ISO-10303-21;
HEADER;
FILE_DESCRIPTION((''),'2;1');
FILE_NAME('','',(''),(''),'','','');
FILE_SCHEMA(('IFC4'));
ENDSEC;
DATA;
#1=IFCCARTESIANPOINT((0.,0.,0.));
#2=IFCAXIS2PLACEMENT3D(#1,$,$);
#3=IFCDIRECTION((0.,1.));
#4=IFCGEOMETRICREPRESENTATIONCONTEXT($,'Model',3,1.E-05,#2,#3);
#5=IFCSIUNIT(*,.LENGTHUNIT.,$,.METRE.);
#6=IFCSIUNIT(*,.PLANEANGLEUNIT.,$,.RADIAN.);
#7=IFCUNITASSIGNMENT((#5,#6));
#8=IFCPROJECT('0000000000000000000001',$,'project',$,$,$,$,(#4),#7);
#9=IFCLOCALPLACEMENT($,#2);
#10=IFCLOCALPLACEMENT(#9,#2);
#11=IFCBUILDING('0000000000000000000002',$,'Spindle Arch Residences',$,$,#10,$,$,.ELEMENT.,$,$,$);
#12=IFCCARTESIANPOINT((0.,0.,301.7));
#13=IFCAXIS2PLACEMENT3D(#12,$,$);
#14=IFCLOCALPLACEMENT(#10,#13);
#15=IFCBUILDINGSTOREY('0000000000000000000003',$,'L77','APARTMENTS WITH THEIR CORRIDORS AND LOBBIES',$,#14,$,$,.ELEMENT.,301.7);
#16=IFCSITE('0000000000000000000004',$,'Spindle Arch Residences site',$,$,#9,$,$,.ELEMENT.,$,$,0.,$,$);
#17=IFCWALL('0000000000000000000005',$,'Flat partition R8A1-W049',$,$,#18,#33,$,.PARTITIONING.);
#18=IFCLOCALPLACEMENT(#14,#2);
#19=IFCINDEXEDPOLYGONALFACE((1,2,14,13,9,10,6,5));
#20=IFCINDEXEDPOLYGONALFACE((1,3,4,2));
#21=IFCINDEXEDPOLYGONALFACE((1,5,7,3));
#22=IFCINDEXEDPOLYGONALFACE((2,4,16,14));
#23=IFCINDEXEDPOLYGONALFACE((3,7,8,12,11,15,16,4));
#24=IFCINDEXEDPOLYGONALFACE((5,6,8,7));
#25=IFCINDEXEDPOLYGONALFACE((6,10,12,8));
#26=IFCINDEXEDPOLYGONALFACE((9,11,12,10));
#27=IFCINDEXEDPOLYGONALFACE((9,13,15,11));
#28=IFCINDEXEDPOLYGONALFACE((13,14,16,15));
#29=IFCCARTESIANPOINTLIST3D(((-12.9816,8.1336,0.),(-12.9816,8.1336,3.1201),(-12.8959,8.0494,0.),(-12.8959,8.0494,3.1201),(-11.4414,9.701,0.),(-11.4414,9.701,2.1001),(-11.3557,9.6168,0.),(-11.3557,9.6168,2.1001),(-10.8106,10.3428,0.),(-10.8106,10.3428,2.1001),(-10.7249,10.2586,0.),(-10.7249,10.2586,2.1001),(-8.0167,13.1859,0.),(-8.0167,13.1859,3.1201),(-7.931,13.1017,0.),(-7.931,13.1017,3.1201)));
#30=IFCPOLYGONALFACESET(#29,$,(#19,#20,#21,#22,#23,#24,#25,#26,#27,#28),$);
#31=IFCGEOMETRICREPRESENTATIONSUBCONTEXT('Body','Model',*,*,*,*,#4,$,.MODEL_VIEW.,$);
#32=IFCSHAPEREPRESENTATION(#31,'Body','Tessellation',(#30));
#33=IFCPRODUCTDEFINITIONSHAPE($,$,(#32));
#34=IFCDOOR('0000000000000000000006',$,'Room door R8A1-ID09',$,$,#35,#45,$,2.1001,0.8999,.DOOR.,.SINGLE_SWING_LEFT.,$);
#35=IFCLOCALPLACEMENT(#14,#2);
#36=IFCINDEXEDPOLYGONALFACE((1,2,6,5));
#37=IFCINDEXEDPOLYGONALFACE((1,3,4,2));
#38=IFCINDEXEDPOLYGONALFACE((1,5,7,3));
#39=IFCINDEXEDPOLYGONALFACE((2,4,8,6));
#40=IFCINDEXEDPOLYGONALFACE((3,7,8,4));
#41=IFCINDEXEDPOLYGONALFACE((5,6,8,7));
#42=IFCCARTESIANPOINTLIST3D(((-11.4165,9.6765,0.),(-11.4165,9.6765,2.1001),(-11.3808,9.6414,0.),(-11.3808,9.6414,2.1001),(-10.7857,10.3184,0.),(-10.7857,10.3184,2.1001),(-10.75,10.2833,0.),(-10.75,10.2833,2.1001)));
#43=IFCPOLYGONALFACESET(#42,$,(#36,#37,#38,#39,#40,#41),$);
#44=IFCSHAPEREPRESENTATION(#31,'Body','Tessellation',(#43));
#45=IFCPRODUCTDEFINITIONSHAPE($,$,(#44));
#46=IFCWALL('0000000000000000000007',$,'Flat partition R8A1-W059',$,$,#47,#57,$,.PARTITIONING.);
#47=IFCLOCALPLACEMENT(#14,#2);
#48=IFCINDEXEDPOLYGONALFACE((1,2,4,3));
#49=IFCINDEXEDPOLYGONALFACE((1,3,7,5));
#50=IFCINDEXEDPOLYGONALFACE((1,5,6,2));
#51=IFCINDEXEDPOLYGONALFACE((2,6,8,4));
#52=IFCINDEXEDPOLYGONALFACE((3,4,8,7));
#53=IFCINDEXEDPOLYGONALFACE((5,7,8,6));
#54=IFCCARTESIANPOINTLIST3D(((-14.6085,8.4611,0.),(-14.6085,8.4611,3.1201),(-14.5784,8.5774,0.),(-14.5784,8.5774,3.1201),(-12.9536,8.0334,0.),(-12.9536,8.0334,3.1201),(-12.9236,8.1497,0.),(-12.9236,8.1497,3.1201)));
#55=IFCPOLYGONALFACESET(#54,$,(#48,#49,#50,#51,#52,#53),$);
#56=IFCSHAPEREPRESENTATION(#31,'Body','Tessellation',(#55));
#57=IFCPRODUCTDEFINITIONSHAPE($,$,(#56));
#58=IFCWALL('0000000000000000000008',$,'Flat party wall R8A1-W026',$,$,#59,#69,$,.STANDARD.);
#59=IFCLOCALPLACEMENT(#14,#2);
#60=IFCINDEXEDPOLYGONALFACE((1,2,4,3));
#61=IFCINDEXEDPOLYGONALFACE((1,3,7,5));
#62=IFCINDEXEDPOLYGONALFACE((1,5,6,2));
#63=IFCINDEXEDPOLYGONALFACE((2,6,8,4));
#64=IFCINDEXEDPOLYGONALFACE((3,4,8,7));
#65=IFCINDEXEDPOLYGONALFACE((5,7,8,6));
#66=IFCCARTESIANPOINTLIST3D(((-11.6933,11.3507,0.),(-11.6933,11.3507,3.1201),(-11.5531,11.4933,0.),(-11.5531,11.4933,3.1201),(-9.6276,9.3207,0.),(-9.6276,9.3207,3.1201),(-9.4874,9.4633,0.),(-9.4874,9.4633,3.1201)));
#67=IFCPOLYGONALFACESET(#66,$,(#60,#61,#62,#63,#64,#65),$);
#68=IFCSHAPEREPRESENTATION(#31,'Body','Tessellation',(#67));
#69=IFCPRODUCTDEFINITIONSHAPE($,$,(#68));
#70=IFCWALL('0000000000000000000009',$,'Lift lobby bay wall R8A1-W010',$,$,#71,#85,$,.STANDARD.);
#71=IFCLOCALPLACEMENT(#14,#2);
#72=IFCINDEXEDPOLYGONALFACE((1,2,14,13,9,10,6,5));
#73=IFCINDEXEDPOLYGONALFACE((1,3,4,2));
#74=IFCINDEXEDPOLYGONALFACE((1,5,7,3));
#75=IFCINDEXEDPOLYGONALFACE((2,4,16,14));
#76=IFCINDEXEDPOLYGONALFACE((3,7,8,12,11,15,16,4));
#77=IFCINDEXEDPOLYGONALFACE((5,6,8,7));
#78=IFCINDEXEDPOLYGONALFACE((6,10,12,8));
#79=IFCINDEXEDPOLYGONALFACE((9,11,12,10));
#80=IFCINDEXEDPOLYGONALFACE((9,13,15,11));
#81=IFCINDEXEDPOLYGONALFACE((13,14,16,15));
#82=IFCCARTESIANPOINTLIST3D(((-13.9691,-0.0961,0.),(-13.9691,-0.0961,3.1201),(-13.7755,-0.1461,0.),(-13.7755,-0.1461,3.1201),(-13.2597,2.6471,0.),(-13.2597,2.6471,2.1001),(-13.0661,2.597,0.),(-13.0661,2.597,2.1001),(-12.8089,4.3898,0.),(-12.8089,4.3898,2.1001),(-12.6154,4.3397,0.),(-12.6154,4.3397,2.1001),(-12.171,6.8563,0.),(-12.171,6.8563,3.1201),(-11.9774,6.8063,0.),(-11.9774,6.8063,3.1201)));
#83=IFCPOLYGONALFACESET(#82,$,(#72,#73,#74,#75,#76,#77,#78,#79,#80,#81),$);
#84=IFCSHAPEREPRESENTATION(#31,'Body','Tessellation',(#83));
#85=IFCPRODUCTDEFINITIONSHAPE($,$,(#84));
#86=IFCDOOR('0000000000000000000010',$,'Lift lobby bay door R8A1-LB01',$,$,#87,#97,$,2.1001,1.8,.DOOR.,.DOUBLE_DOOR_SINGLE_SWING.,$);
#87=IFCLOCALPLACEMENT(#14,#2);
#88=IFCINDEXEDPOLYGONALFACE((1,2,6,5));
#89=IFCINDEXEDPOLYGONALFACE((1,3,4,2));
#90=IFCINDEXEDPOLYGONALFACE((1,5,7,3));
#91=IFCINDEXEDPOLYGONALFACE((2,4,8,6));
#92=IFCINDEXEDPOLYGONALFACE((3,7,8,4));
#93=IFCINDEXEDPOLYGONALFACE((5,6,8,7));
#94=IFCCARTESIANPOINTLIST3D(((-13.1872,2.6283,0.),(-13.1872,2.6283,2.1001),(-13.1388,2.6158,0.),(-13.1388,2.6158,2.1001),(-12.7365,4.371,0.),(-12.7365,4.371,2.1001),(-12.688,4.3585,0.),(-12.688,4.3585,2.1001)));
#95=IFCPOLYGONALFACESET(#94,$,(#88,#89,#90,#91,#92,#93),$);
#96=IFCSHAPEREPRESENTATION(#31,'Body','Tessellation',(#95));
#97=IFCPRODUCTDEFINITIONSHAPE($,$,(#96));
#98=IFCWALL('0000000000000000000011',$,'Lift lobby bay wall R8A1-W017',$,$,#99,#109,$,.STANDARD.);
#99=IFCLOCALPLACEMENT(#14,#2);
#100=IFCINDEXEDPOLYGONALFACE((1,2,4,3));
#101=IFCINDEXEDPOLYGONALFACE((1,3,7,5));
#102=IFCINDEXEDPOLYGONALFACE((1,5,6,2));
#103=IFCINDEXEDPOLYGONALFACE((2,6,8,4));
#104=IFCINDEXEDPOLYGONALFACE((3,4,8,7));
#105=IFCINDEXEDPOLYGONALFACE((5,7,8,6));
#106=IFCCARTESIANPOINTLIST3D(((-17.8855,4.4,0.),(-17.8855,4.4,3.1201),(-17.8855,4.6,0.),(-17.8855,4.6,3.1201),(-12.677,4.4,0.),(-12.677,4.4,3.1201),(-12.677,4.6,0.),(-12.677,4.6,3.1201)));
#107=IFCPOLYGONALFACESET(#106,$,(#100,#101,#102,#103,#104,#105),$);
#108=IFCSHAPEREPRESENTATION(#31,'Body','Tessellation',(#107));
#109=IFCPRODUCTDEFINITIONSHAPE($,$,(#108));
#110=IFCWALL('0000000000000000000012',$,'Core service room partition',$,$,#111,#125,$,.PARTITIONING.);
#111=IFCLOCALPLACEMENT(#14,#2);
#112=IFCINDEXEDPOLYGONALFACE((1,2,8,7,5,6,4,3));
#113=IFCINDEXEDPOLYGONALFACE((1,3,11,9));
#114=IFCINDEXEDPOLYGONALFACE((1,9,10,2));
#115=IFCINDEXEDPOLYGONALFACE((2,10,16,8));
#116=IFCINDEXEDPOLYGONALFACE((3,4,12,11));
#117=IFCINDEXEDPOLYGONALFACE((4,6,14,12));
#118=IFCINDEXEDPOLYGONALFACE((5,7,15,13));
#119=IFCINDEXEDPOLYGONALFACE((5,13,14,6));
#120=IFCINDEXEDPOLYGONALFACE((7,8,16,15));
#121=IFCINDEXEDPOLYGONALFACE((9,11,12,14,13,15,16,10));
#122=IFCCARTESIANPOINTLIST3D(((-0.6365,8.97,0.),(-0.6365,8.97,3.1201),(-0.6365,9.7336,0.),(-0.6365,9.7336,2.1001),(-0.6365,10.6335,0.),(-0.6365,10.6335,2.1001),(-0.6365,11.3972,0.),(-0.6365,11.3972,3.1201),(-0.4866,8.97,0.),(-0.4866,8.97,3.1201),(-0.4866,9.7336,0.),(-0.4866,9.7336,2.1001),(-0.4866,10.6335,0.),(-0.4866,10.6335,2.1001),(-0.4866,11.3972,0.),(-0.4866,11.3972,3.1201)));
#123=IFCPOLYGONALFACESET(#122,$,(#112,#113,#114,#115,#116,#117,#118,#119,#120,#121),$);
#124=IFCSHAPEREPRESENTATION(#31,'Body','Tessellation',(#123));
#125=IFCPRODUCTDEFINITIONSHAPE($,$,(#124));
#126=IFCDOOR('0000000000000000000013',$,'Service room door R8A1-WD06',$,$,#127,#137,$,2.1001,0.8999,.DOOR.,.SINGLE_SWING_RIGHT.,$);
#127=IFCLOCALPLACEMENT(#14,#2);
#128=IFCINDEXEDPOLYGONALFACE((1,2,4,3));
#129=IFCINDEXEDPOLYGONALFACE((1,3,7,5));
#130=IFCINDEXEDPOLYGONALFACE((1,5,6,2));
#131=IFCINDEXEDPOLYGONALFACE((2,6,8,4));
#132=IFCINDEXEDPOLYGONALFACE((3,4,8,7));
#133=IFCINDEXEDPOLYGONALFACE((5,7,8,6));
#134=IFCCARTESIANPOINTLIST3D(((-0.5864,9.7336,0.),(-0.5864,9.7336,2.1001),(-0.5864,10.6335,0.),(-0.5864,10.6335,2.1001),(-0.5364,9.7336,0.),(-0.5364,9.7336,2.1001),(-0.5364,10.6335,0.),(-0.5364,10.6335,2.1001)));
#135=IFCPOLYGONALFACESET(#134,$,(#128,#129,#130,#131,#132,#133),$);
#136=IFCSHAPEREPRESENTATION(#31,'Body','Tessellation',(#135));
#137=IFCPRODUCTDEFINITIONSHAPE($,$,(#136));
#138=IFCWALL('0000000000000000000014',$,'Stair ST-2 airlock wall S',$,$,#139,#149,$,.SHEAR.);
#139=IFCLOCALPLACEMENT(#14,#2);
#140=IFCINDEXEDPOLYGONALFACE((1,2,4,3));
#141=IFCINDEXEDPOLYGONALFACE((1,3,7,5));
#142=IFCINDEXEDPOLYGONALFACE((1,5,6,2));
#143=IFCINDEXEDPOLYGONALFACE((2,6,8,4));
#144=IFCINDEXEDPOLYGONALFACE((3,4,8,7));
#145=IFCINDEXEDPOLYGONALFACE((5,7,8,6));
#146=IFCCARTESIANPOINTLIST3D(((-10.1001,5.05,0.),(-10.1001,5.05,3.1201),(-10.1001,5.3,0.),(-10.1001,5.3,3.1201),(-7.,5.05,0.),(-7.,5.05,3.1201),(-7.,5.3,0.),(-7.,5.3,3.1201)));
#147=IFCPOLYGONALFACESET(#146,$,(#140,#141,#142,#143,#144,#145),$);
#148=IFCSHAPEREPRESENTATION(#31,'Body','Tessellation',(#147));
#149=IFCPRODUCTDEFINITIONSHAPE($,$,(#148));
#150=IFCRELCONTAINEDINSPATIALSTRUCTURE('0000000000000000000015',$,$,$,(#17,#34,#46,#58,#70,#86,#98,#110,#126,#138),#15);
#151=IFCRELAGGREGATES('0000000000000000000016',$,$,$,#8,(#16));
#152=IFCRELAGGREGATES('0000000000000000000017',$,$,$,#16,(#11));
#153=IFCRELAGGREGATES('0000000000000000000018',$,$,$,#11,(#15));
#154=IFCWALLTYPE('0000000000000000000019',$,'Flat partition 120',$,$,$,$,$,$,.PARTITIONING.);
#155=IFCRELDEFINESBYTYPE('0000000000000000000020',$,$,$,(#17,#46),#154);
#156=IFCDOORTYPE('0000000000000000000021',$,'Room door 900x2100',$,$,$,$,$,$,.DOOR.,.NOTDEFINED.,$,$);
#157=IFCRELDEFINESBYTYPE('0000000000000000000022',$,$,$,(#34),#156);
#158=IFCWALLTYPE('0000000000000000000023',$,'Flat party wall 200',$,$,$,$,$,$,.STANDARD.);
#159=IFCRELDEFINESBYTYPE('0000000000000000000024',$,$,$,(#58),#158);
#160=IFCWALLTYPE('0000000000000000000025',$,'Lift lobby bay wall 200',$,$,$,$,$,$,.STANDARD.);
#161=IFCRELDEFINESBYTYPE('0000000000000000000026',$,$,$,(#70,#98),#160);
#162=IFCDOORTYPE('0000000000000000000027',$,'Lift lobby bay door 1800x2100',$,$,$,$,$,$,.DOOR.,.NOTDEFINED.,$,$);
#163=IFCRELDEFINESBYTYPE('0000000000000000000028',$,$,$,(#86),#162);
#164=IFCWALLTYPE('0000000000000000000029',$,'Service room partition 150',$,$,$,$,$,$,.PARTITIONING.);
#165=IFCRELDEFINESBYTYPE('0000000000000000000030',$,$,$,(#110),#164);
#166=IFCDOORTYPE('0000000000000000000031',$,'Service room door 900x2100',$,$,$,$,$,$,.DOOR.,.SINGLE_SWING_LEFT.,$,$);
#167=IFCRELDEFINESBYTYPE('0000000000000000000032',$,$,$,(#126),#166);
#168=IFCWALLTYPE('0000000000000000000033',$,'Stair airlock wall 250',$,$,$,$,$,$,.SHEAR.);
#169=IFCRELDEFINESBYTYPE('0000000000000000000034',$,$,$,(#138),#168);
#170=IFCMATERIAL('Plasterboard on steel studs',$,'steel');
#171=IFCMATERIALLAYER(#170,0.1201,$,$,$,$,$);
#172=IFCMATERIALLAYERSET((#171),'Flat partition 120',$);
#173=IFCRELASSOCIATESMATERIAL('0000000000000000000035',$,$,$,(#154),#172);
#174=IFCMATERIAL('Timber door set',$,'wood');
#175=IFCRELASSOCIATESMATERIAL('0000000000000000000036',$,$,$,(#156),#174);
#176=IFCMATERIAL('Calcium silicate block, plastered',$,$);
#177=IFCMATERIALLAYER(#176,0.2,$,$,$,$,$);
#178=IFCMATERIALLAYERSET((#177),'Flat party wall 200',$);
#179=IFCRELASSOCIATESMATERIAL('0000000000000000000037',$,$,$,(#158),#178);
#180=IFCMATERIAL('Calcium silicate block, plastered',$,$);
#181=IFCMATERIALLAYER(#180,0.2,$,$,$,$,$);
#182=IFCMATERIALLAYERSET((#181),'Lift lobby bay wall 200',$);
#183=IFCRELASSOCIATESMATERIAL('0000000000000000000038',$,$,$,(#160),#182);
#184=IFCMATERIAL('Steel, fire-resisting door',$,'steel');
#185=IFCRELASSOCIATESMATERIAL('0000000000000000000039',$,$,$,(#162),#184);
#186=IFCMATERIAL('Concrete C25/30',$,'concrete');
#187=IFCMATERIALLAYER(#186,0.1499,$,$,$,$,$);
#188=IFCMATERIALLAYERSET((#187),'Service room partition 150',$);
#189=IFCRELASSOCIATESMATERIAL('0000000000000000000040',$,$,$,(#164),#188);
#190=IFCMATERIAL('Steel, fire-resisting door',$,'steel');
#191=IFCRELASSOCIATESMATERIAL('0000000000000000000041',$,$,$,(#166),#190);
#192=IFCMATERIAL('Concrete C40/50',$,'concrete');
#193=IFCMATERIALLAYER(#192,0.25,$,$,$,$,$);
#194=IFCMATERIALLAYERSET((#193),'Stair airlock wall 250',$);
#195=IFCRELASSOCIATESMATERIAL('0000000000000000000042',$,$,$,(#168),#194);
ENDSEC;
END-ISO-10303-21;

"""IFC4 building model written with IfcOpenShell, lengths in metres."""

from ifc_helpers import new_model, si_unit, direction, frame, frame_2d, origin, place, context, subcontext, project, spatial, rectangle, extrude, material, layer, layer_set, type_object, element, fill, save


model = new_model("IFC4")

# Units and contexts
model_context = context("Model", 3, precision=1e-05, world=origin(), true_north=direction((0.0, 1.0)))
body_context = subcontext(model_context, "Body", "Model", "MODEL_VIEW")
ifc_project = project(units=[si_unit("LENGTHUNIT", "METRE"), si_unit("PLANEANGLEUNIT", "RADIAN")], contexts=[model_context])

# Site, building, storey
site_placement = place(None, origin())
site = spatial("IfcSite", under=ifc_project, at=site_placement, Name="Spindle Arch Residences site", CompositionType="ELEMENT", RefElevation=0.0)
building_placement = place(site_placement, origin())
building = spatial("IfcBuilding", under=site, at=building_placement, Name="Spindle Arch Residences", CompositionType="ELEMENT")
storey_placement = place(building_placement, frame((0.0, 0.0, 301.7)))
storey = spatial("IfcBuildingStorey", under=building, at=storey_placement, Name="L77", Description="APARTMENTS WITH THEIR CORRIDORS AND LOBBIES", CompositionType="ELEMENT", Elevation=301.7)

# Shared definitions
ifc_material_1 = material(Name="Plasterboard on steel studs", Category="steel")
ifc_layer_1 = layer(ifc_material_1, 0.1201)
ifc_layer_set_1 = layer_set([ifc_layer_1], Name="Flat partition 120")
wall_type_1 = type_object("IfcWallType", Name="Flat partition 120", PredefinedType="PARTITIONING", material=ifc_layer_set_1)

# Wall, opening, door
wall_1_placement = place(storey_placement, frame((-7.9739, 13.1438, 0.0), z_axis=(0.0, 0.0, 1.0), x_axis=(-0.70091, -0.713249, 0.0)))
wall_1 = element("IfcWall", 1, at=wall_1_placement, inside=storey, type_object=wall_type_1, Name="Flat partition R8A1-W049", PredefinedType="PARTITIONING", context=body_context, shape_type="SweptSolid", body=[
    extrude(rectangle(XDim=7.0835, YDim=0.1201, at=frame_2d((3.5417, 0.0))), origin(), (0.0, 0.0, 1.0), 3.1201),
])
opening_1_placement = place(wall_1_placement, frame((3.9861, 0.0, 0.0)))
opening_1 = element("IfcOpeningElement", 2, at=opening_1_placement, cuts=wall_1, PredefinedType="OPENING", context=body_context, shape_type="SweptSolid", body=[
    extrude(rectangle(XDim=0.8999, YDim=2.1001, at=frame_2d((0.45, 1.05))), frame((0.0, 0.0701, 0.0), z_axis=(0.0, -1.0, 0.0), x_axis=(1.0, 0.0, 0.0)), (0.0, 0.0, 1.0), 0.1401),
])
ifc_material_2 = material(Name="Timber door set", Category="wood")
door_type_1 = type_object("IfcDoorType", Name="Room door 900x2100", OperationType="NOTDEFINED", PredefinedType="DOOR", material=ifc_material_2)
door_1_placement = place(opening_1_placement, origin())
door_1 = element("IfcDoor", 3, at=door_1_placement, inside=storey, type_object=door_type_1, Name="Room door R8A1-ID09", OperationType="SINGLE_SWING_LEFT", OverallHeight=2.1001, OverallWidth=0.8999, PredefinedType="DOOR", context=body_context, shape_type="SweptSolid", body=[
    extrude(rectangle(XDim=0.8999, YDim=2.1001, at=frame_2d((0.45, 1.05))), frame((0.0, 0.0249, 0.0), z_axis=(0.0, -1.0, 0.0), x_axis=(1.0, 0.0, 0.0)), (0.0, 0.0, 1.0), 0.05),
])
fill(opening_1, door_1)

# Walls
wall_2_placement = place(storey_placement, frame((-12.9387, 8.0916, 0.0), z_axis=(0.0, 0.0, 1.0), x_axis=(-0.968179, 0.250258, 0.0)))
element("IfcWall", 4, at=wall_2_placement, inside=storey, type_object=wall_type_1, Name="Flat partition R8A1-W059", PredefinedType="PARTITIONING", context=body_context, shape_type="SweptSolid", body=[
    extrude(rectangle(XDim=1.7092, YDim=0.1201, at=frame_2d((0.8545, 0.0))), origin(), (0.0, 0.0, 1.0), 3.1201),
])
ifc_material_3 = material(Name="Calcium silicate block, plastered")
ifc_layer_2 = layer(ifc_material_3, 0.2)
ifc_layer_set_2 = layer_set([ifc_layer_2], Name="Flat party wall 200")
wall_type_2 = type_object("IfcWallType", Name="Flat party wall 200", PredefinedType="STANDARD", material=ifc_layer_set_2)
wall_3_placement = place(storey_placement, frame((-11.6233, 11.4221, 0.0), z_axis=(0.0, 0.0, 1.0), x_axis=(0.713234, -0.700926, 0.0)))
element("IfcWall", 5, at=wall_3_placement, inside=storey, type_object=wall_type_2, Name="Flat party wall R8A1-W026", PredefinedType="STANDARD", context=body_context, shape_type="SweptSolid", body=[
    extrude(rectangle(XDim=2.8962, YDim=0.2, at=frame_2d((1.4482, 0.0))), origin(), (0.0, 0.0, 1.0), 3.1201),
])

# Wall, opening, door
ifc_material_4 = material(Name="Calcium silicate block, plastered")
ifc_layer_3 = layer(ifc_material_4, 0.2)
ifc_layer_set_3 = layer_set([ifc_layer_3], Name="Lift lobby bay wall 200")
wall_type_3 = type_object("IfcWallType", Name="Lift lobby bay wall 200", PredefinedType="STANDARD", material=ifc_layer_set_3)
wall_4_placement = place(storey_placement, frame((-12.0742, 6.8313, 0.0), z_axis=(0.0, 0.0, 1.0), x_axis=(-0.250391, -0.968145, 0.0)))
wall_4 = element("IfcWall", 6, at=wall_4_placement, inside=storey, type_object=wall_type_3, Name="Lift lobby bay wall R8A1-W010", PredefinedType="STANDARD", context=body_context, shape_type="SweptSolid", body=[
    extrude(rectangle(XDim=7.1812, YDim=0.2, at=frame_2d((3.5906, 0.0))), origin(), (0.0, 0.0, 1.0), 3.1201),
])
opening_2_placement = place(wall_4_placement, frame((2.5479, 0.0, 0.0)))
opening_2 = element("IfcOpeningElement", 7, at=opening_2_placement, cuts=wall_4, PredefinedType="OPENING", context=body_context, shape_type="SweptSolid", body=[
    extrude(rectangle(XDim=1.8, YDim=2.1001, at=frame_2d((0.8999, 1.05))), frame((0.0, 0.1099, 0.0), z_axis=(0.0, -1.0, 0.0), x_axis=(1.0, 0.0, 0.0)), (0.0, 0.0, 1.0), 0.22),
])
ifc_material_5 = material(Name="Steel, fire-resisting door", Category="steel")
door_type_2 = type_object("IfcDoorType", Name="Lift lobby bay door 1800x2100", OperationType="NOTDEFINED", PredefinedType="DOOR", material=ifc_material_5)
door_2_placement = place(opening_2_placement, origin())
door_2 = element("IfcDoor", 8, at=door_2_placement, inside=storey, type_object=door_type_2, Name="Lift lobby bay door R8A1-LB01", OperationType="DOUBLE_DOOR_SINGLE_SWING", OverallHeight=2.1001, OverallWidth=1.8, PredefinedType="DOOR", context=body_context, shape_type="SweptSolid", body=[
    extrude(rectangle(XDim=1.8, YDim=2.1001, at=frame_2d((0.8999, 1.05))), frame((0.0, 0.0249, 0.0), z_axis=(0.0, -1.0, 0.0), x_axis=(1.0, 0.0, 0.0)), (0.0, 0.0, 1.0), 0.05),
])
fill(opening_2, door_2)

# Wall
wall_5_placement = place(storey_placement, frame((-12.677, 4.5, 0.0), z_axis=(0.0, 0.0, 1.0), x_axis=(-1.0, 0.0, 0.0)))
element("IfcWall", 9, at=wall_5_placement, inside=storey, type_object=wall_type_3, Name="Lift lobby bay wall R8A1-W017", PredefinedType="STANDARD", context=body_context, shape_type="SweptSolid", body=[
    extrude(rectangle(XDim=5.2085, YDim=0.2, at=frame_2d((2.6042, 0.0))), origin(), (0.0, 0.0, 1.0), 3.1201),
])

# Wall, opening, door
ifc_material_6 = material(Name="Concrete C25/30", Category="concrete")
ifc_layer_4 = layer(ifc_material_6, 0.1499)
ifc_layer_set_4 = layer_set([ifc_layer_4], Name="Service room partition 150")
wall_type_4 = type_object("IfcWallType", Name="Service room partition 150", PredefinedType="PARTITIONING", material=ifc_layer_set_4)
wall_6_placement = place(storey_placement, frame((-0.5615, 8.97, 0.0), z_axis=(0.0, 0.0, 1.0), x_axis=(0.0, 1.0, 0.0)))
wall_6 = element("IfcWall", 10, at=wall_6_placement, inside=storey, type_object=wall_type_4, Name="Core service room partition", PredefinedType="PARTITIONING", context=body_context, shape_type="SweptSolid", body=[
    extrude(rectangle(XDim=2.4272, YDim=0.1499, at=frame_2d((1.2136, 0.0))), origin(), (0.0, 0.0, 1.0), 3.1201),
])
opening_3_placement = place(wall_6_placement, frame((0.7637, 0.0, 0.0)))
opening_3 = element("IfcOpeningElement", 11, at=opening_3_placement, cuts=wall_6, PredefinedType="OPENING", context=body_context, shape_type="SweptSolid", body=[
    extrude(rectangle(XDim=0.8999, YDim=2.1001, at=frame_2d((0.45, 1.05))), frame((0.0, 0.085, 0.0), z_axis=(0.0, -1.0, 0.0), x_axis=(1.0, 0.0, 0.0)), (0.0, 0.0, 1.0), 0.1699),
])
ifc_material_7 = material(Name="Steel, fire-resisting door", Category="steel")
door_type_3 = type_object("IfcDoorType", Name="Service room door 900x2100", OperationType="SINGLE_SWING_LEFT", PredefinedType="DOOR", material=ifc_material_7)
door_3_placement = place(opening_3_placement, origin())
door_3 = element("IfcDoor", 12, at=door_3_placement, inside=storey, type_object=door_type_3, Name="Service room door R8A1-WD06", OperationType="SINGLE_SWING_RIGHT", OverallHeight=2.1001, OverallWidth=0.8999, PredefinedType="DOOR", context=body_context, shape_type="SweptSolid", body=[
    extrude(rectangle(XDim=0.8999, YDim=2.1001, at=frame_2d((0.45, 1.05))), frame((0.0, 0.0249, 0.0), z_axis=(0.0, -1.0, 0.0), x_axis=(1.0, 0.0, 0.0)), (0.0, 0.0, 1.0), 0.05),
])
fill(opening_3, door_3)

# Wall
ifc_material_8 = material(Name="Concrete C40/50", Category="concrete")
ifc_layer_5 = layer(ifc_material_8, 0.25)
ifc_layer_set_5 = layer_set([ifc_layer_5], Name="Stair airlock wall 250")
wall_type_5 = type_object("IfcWallType", Name="Stair airlock wall 250", PredefinedType="SHEAR", material=ifc_layer_set_5)
wall_7_placement = place(storey_placement, frame((-7.0, 5.175, 0.0), z_axis=(0.0, 0.0, 1.0), x_axis=(-1.0, 0.0, 0.0)))
element("IfcWall", 13, at=wall_7_placement, inside=storey, type_object=wall_type_5, Name="Stair ST-2 airlock wall S", PredefinedType="SHEAR", context=body_context, shape_type="SweptSolid", body=[
    extrude(rectangle(XDim=3.1001, YDim=0.25, at=frame_2d((1.55, 0.0))), origin(), (0.0, 0.0, 1.0), 3.1201),
])

save(model, "model.ifc")
